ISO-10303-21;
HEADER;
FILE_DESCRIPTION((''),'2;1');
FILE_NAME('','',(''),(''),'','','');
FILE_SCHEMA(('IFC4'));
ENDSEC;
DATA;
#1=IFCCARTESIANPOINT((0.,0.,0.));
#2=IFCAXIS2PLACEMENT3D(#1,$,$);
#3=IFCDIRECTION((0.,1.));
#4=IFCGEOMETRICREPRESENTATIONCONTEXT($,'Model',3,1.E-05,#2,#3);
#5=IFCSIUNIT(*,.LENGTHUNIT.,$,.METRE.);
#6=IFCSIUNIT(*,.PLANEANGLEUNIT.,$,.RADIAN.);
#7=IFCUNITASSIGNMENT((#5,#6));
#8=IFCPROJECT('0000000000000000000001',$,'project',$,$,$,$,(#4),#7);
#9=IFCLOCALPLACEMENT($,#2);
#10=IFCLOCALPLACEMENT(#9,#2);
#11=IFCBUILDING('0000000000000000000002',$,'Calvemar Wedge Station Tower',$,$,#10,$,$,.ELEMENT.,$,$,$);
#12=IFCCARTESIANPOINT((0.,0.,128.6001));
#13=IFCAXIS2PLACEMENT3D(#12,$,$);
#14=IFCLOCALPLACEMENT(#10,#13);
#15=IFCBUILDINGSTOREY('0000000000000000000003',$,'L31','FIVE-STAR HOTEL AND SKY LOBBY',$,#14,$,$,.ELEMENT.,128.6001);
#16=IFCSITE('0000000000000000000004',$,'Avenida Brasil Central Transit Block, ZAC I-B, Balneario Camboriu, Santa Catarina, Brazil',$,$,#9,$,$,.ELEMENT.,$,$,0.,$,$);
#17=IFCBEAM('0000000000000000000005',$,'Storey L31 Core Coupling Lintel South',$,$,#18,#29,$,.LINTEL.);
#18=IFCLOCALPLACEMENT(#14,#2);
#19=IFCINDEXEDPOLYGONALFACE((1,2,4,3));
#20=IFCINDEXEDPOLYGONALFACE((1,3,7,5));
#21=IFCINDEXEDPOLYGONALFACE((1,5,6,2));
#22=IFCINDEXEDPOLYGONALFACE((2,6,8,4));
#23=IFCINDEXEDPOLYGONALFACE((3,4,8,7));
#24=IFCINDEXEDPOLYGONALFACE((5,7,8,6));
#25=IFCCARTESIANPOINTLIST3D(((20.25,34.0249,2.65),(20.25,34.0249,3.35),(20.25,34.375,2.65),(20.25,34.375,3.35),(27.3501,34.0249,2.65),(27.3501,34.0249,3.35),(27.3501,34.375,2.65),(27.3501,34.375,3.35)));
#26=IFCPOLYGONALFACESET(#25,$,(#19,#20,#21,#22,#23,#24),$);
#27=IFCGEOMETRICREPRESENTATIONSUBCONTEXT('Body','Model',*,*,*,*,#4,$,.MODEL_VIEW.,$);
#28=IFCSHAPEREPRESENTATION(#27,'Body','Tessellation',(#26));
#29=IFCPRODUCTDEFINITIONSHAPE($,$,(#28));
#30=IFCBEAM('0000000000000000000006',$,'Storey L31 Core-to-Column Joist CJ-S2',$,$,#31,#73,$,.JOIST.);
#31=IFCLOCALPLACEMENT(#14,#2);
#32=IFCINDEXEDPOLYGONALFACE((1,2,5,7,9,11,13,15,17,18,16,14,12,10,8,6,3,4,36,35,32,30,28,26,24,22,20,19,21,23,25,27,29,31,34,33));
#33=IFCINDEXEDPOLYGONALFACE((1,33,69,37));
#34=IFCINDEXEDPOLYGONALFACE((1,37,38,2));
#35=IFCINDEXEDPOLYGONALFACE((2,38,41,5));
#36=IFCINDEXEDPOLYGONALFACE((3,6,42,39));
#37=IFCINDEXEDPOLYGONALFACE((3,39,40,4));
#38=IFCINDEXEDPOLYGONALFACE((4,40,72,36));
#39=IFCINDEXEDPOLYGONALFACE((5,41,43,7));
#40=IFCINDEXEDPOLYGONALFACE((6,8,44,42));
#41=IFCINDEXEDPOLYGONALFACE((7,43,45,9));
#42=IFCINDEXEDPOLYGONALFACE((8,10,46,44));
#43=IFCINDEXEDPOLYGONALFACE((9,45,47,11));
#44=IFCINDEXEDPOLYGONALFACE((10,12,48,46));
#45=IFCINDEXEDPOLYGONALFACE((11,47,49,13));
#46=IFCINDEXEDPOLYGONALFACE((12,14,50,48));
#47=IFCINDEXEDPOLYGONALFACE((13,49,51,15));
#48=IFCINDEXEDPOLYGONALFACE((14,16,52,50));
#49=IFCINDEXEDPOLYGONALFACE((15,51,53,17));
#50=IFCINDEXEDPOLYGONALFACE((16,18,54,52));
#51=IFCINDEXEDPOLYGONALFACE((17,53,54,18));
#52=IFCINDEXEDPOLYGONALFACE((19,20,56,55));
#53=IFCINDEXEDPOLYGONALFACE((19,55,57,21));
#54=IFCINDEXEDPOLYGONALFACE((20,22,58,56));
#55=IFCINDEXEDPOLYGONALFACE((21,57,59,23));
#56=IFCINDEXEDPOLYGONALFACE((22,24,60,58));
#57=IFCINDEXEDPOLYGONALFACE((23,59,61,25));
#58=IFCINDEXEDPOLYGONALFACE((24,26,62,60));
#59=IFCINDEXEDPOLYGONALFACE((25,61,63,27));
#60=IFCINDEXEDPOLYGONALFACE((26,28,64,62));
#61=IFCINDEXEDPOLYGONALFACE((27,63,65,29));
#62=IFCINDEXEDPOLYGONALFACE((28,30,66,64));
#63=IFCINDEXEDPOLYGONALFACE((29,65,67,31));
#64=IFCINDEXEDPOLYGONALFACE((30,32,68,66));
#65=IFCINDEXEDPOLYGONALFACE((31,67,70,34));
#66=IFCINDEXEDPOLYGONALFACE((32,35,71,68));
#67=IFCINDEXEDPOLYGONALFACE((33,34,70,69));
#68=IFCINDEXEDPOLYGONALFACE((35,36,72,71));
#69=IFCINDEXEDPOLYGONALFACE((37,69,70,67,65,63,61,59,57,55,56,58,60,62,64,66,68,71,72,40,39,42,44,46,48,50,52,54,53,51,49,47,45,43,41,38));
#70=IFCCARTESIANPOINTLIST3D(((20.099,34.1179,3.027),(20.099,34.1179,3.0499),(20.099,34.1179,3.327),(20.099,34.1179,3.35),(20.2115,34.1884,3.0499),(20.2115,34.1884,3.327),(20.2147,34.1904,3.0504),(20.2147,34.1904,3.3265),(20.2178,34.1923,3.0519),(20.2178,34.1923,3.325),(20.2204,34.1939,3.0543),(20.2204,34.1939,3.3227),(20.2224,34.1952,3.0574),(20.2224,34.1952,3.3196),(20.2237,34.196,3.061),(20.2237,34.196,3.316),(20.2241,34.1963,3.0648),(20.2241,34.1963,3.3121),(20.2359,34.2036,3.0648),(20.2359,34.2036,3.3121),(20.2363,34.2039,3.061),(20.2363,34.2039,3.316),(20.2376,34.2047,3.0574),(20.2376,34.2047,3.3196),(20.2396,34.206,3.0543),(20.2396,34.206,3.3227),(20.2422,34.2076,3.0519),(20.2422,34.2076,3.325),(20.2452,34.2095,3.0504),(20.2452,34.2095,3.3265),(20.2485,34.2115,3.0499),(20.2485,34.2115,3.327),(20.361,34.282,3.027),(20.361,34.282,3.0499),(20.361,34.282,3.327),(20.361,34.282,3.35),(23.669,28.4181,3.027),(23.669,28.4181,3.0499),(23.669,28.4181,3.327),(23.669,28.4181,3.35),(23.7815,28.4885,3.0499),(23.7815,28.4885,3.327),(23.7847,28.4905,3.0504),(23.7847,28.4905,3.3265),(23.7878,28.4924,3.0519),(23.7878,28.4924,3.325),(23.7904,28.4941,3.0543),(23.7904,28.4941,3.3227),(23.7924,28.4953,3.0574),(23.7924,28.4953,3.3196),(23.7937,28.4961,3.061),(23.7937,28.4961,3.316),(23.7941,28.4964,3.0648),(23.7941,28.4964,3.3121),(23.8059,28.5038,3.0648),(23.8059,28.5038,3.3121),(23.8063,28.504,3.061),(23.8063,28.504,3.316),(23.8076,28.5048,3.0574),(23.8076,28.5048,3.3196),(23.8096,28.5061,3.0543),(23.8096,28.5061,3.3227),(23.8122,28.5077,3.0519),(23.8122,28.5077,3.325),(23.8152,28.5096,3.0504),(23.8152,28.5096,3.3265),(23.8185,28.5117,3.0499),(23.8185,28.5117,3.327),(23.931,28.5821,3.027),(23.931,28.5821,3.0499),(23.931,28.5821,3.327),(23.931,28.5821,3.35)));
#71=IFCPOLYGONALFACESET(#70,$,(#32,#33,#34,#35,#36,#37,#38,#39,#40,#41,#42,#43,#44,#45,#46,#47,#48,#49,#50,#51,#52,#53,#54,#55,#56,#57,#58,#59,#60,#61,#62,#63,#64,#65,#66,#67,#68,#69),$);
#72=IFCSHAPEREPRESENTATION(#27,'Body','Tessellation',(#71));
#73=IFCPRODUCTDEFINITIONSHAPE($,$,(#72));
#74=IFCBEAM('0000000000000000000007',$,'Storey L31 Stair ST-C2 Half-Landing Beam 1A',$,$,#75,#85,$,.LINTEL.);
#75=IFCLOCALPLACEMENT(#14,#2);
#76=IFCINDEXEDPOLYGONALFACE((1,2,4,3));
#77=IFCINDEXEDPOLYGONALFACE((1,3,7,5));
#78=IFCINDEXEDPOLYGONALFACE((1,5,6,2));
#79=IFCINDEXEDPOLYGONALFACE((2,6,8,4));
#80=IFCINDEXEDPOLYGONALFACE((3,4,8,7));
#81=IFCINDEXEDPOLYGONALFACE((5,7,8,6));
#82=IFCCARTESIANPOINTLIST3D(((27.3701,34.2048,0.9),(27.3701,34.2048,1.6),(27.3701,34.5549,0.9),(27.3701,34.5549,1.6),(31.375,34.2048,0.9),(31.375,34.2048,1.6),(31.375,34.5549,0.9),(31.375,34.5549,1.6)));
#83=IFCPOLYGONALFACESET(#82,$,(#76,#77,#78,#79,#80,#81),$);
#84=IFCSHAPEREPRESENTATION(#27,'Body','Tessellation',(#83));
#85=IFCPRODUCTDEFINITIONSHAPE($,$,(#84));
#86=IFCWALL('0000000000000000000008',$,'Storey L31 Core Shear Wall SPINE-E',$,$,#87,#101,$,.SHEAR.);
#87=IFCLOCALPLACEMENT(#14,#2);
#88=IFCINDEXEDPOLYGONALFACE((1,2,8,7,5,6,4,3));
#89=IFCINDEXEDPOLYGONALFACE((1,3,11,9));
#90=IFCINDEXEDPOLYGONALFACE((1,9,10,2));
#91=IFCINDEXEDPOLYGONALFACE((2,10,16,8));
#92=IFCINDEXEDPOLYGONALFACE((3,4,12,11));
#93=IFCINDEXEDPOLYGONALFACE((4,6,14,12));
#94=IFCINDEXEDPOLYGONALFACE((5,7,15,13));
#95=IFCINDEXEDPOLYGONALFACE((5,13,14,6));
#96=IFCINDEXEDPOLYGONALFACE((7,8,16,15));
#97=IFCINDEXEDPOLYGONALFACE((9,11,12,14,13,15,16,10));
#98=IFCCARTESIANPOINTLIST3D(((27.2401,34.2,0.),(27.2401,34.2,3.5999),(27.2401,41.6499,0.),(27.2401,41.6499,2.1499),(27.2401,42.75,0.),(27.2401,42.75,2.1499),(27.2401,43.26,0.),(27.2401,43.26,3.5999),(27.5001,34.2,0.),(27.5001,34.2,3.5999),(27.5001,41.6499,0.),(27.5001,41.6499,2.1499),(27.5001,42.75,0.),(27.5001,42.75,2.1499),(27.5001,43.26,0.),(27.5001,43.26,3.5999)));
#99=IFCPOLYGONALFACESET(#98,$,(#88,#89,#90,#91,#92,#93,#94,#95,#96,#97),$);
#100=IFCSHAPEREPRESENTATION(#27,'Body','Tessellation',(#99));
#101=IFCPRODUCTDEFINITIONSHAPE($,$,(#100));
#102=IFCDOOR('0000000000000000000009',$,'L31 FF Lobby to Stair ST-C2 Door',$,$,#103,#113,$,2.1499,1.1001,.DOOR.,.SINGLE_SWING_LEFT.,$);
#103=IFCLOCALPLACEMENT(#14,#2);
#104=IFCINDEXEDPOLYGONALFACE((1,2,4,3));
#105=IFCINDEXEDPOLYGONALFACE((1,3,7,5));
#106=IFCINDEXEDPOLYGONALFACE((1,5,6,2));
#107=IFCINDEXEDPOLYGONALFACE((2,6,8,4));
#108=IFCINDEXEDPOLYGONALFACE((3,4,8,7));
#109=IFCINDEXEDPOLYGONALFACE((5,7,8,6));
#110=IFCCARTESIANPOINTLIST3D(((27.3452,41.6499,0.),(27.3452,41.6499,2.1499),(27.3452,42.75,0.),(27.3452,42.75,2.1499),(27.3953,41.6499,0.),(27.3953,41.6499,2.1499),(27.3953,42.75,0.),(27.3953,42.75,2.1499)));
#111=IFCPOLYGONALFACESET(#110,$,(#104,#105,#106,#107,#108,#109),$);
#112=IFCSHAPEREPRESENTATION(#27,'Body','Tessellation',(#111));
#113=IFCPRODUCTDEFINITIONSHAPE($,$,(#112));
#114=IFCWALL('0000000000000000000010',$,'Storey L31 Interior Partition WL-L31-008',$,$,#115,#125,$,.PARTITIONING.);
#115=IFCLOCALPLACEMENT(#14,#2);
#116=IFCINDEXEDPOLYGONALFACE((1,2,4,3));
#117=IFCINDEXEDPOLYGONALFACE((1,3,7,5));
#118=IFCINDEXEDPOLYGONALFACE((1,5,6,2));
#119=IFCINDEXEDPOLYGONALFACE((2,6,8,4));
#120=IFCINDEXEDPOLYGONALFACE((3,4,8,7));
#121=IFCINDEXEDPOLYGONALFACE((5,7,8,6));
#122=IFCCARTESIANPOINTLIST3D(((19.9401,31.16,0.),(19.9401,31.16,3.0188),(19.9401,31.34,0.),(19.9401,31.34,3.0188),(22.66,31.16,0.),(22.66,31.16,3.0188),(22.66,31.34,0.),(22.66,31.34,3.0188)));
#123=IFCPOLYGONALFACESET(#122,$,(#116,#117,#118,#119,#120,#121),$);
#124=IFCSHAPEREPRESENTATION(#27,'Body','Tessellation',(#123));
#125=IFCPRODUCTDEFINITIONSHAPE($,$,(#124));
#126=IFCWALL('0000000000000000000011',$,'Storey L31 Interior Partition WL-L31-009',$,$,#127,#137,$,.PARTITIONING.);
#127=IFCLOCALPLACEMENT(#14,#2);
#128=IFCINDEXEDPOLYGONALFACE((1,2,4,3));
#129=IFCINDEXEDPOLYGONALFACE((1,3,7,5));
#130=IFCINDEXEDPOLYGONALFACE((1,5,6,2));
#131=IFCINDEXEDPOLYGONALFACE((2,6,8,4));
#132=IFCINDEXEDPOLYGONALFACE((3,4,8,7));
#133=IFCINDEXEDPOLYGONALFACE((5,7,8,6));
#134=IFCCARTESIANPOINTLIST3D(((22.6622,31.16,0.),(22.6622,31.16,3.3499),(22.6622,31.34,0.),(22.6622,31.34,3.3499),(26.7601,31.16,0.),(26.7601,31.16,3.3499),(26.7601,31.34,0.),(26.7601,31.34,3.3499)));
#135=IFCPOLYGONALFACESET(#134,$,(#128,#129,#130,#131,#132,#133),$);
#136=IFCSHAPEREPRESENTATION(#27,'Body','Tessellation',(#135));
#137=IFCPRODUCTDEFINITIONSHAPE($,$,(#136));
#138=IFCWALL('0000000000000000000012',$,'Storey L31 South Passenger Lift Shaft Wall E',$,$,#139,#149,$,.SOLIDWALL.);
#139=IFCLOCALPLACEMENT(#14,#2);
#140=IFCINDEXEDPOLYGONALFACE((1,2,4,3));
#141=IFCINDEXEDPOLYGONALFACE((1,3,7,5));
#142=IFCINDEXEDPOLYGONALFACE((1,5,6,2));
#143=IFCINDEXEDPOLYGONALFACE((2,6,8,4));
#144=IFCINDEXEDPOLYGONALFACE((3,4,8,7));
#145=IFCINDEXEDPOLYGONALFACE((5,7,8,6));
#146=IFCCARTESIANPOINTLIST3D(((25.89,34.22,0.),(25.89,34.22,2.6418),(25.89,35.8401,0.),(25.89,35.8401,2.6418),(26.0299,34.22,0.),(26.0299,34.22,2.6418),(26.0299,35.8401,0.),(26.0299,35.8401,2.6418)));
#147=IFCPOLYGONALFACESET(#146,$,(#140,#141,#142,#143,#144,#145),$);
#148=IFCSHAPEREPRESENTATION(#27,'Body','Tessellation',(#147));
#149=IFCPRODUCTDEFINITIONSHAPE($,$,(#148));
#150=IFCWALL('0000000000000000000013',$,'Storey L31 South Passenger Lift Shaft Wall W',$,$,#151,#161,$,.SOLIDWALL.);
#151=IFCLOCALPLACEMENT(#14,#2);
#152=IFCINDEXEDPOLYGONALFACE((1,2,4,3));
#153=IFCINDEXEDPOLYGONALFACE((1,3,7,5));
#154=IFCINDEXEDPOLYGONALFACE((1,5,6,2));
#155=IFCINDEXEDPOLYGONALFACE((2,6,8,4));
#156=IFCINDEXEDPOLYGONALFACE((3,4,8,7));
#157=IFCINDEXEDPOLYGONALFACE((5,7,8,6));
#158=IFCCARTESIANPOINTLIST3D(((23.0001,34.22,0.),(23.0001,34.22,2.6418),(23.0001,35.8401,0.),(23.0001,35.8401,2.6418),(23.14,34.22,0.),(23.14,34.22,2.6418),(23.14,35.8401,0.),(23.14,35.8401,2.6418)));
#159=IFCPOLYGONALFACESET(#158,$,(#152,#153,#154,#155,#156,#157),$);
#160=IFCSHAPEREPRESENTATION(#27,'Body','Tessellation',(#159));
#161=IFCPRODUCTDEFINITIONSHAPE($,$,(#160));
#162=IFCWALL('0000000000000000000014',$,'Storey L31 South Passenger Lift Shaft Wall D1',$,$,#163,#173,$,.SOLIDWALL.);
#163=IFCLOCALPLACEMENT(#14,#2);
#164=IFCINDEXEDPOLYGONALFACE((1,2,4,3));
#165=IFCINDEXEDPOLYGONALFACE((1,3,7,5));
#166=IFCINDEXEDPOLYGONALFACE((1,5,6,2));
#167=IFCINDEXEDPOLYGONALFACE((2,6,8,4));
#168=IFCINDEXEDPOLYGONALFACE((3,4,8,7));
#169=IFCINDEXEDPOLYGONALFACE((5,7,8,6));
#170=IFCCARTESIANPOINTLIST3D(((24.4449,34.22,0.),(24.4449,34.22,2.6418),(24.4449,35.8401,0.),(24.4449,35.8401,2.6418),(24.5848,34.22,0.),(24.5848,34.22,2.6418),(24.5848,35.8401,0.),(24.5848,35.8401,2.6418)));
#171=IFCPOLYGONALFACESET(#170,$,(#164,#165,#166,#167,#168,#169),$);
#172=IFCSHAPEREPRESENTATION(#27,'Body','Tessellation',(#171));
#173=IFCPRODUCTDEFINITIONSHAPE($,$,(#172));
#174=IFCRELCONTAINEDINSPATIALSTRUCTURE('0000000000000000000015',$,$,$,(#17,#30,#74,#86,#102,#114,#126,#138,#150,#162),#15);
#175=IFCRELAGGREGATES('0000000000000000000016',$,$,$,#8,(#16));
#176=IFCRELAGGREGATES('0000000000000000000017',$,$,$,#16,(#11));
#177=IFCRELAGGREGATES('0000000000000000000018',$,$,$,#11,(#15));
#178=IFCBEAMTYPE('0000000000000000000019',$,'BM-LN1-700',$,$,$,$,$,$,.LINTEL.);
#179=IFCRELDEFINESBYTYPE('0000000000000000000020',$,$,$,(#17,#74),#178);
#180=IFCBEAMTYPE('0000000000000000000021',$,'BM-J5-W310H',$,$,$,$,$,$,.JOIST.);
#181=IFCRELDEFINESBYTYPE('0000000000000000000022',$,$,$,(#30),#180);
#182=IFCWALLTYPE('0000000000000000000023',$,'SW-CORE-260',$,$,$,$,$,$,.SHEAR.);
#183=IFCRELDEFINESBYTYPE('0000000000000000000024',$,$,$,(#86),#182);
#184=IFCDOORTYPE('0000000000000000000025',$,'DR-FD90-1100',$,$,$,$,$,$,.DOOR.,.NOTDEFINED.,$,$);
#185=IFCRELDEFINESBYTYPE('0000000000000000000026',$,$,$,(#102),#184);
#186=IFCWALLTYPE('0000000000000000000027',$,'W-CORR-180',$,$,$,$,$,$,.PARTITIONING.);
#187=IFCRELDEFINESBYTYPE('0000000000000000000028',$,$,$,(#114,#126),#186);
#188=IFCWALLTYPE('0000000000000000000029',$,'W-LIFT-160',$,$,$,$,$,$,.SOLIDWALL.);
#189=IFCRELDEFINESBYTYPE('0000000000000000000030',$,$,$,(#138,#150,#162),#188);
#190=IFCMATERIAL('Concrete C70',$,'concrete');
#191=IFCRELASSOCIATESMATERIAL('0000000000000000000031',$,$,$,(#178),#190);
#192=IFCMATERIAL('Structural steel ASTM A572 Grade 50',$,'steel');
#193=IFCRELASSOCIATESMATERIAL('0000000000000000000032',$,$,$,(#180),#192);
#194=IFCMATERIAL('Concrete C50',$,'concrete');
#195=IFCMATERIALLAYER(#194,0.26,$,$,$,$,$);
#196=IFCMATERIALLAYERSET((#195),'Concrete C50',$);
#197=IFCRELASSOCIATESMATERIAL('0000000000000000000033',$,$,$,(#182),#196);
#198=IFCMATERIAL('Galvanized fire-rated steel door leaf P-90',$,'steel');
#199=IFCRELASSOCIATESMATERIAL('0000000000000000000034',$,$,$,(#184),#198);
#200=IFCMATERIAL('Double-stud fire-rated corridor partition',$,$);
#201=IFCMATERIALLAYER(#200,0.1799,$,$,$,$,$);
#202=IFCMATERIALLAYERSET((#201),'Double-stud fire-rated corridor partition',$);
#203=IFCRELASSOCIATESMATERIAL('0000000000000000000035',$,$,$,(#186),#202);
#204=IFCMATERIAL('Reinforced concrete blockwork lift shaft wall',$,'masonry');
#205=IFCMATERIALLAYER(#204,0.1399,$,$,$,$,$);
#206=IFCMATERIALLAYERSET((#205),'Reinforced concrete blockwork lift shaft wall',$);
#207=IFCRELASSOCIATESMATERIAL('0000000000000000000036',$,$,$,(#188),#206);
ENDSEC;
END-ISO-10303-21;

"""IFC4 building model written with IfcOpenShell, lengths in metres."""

from ifc_helpers import new_model, si_unit, direction, frame, frame_2d, origin, origin_2d, place, context, subcontext, project, spatial, rectangle, i_section, extrude, source, transform, mapped, material, layer, layer_set, material_profile, profile_set, type_object, element, fill, save


model = new_model("IFC4")

# Units and contexts
model_context = context("Model", 3, precision=1e-05, world=origin(), true_north=direction((0.0, 1.0)))
body_context = subcontext(model_context, "Body", "Model", "MODEL_VIEW")
ifc_project = project(units=[si_unit("LENGTHUNIT", "METRE"), si_unit("PLANEANGLEUNIT", "RADIAN")], contexts=[model_context])

# Site, building, storey
site_placement = place(None, origin())
site = spatial("IfcSite", under=ifc_project, at=site_placement, Name="Avenida Brasil Central Transit Block, ZAC I-B, Balneario Camboriu, Santa Catarina, Brazil", CompositionType="ELEMENT", RefElevation=0.0)
building_placement = place(site_placement, origin())
building = spatial("IfcBuilding", under=site, at=building_placement, Name="Calvemar Wedge Station Tower", CompositionType="ELEMENT")
storey_placement = place(building_placement, frame((0.0, 0.0, 128.6001)))
storey = spatial("IfcBuildingStorey", under=building, at=storey_placement, Name="L31", Description="FIVE-STAR HOTEL AND SKY LOBBY", CompositionType="ELEMENT", Elevation=128.6001)

# Beams
ifc_material_1 = material(Name="Concrete C70", Category="concrete")
ifc_material_profile_1 = material_profile(ifc_material_1, rectangle(XDim=0.3501, YDim=0.7, at=origin_2d()), Name="RC350x700")
ifc_profile_set_1 = profile_set([ifc_material_profile_1], Name="Concrete C70")
beam_type_1 = type_object("IfcBeamType", Name="BM-LN1-700", PredefinedType="LINTEL", material=ifc_profile_set_1)
shared_shape_1 = source(origin(), body_context, "Body", "SweptSolid", [
    extrude(rectangle(XDim=0.3501, YDim=0.7, at=origin_2d()), origin(), (0.0, 0.0, 1.0), 7.1001),
])
beam_1_placement = place(storey_placement, frame((20.25, 34.2, 3.0), z_axis=(1.0, 0.0, 0.0), x_axis=(0.0, 1.0, 0.0)))
element("IfcBeam", 1, at=beam_1_placement, inside=storey, type_object=beam_type_1, Name="Storey L31 Core Coupling Lintel South", PredefinedType="LINTEL", context=body_context, shape_type="MappedRepresentation", body=[
    mapped(shared_shape_1, transform((0.0, 0.0, 0.0), scale=1.0)),
])
ifc_material_2 = material(Name="Structural steel ASTM A572 Grade 50", Category="steel")
ifc_material_profile_2 = material_profile(ifc_material_2, i_section(OverallWidth=0.3091, OverallDepth=0.323, WebThickness=0.0139, FlangeThickness=0.0229, FilletRadius=0.0149, at=origin_2d()), Name="W310x143")
ifc_profile_set_2 = profile_set([ifc_material_profile_2], Name="Structural steel ASTM A572 Grade 50")
beam_type_2 = type_object("IfcBeamType", Name="BM-J5-W310H", PredefinedType="JOIST", material=ifc_profile_set_2)
shared_shape_2 = source(origin(), body_context, "Body", "SweptSolid", [
    extrude(i_section(OverallWidth=0.3091, OverallDepth=0.323, WebThickness=0.0139, FlangeThickness=0.0229, FilletRadius=0.0149, at=origin_2d()), origin(), (0.0, 0.0, 1.0), 6.7256),
])
beam_2_placement = place(storey_placement, frame((20.23, 34.2, 3.1885), z_axis=(0.530811, -0.84749, 0.0), x_axis=(0.84749, 0.530811, 0.0)))
element("IfcBeam", 2, at=beam_2_placement, inside=storey, type_object=beam_type_2, Name="Storey L31 Core-to-Column Joist CJ-S2", PredefinedType="JOIST", context=body_context, shape_type="MappedRepresentation", body=[
    mapped(shared_shape_2, transform((0.0, 0.0, 0.0), scale=1.0)),
])
shared_shape_3 = source(origin(), body_context, "Body", "SweptSolid", [
    extrude(rectangle(XDim=0.3501, YDim=0.7, at=origin_2d()), origin(), (0.0, 0.0, 1.0), 4.0049),
])
beam_3_placement = place(storey_placement, frame((27.3701, 34.3799, 1.25), z_axis=(1.0, 0.0, 0.0), x_axis=(0.0, 1.0, 0.0)))
element("IfcBeam", 3, at=beam_3_placement, inside=storey, type_object=beam_type_1, Name="Storey L31 Stair ST-C2 Half-Landing Beam 1A", PredefinedType="LINTEL", context=body_context, shape_type="MappedRepresentation", body=[
    mapped(shared_shape_3, transform((0.0, 0.0, 0.0), scale=1.0)),
])

# Wall, opening, door
ifc_material_3 = material(Name="Concrete C50", Category="concrete")
ifc_layer_1 = layer(ifc_material_3, 0.26)
ifc_layer_set_1 = layer_set([ifc_layer_1], Name="Concrete C50")
wall_type_1 = type_object("IfcWallType", Name="SW-CORE-260", PredefinedType="SHEAR", material=ifc_layer_set_1)
wall_1_placement = place(storey_placement, frame((27.3701, 34.2, 0.0), z_axis=(0.0, 0.0, 1.0), x_axis=(0.0, 1.0, 0.0)))
wall_1 = element("IfcWall", 4, at=wall_1_placement, inside=storey, type_object=wall_type_1, Name="Storey L31 Core Shear Wall SPINE-E", PredefinedType="SHEAR", context=body_context, shape_type="SweptSolid", body=[
    extrude(rectangle(XDim=9.0601, YDim=0.26, at=frame_2d((4.53, 0.0))), origin(), (0.0, 0.0, 1.0), 3.5999),
])
shared_shape_4 = source(origin(), body_context, "Body", "SweptSolid", [
    extrude(rectangle(XDim=1.1001, YDim=2.1499, at=frame_2d((0.55, 1.075))), frame((0.0, 0.1401, 0.0), z_axis=(0.0, -1.0, 0.0), x_axis=(1.0, 0.0, 0.0)), (0.0, 0.0, 1.0), 0.28),
])
opening_1_placement = place(wall_1_placement, frame((7.45, 0.0, 0.0)))
opening_1 = element("IfcOpeningElement", 5, at=opening_1_placement, cuts=wall_1, PredefinedType="OPENING", context=body_context, shape_type="MappedRepresentation", body=[
    mapped(shared_shape_4, transform((0.0, 0.0, 0.0), scale=1.0)),
])
ifc_material_4 = material(Name="Galvanized fire-rated steel door leaf P-90", Category="steel")
door_type_1 = type_object("IfcDoorType", Name="DR-FD90-1100", OperationType="NOTDEFINED", PredefinedType="DOOR", material=ifc_material_4)
shared_shape_5 = source(origin(), body_context, "Body", "SweptSolid", [
    extrude(rectangle(XDim=1.1001, YDim=2.1499, at=frame_2d((0.55, 1.075))), frame((0.0, 0.0249, 0.0), z_axis=(0.0, -1.0, 0.0), x_axis=(1.0, 0.0, 0.0)), (0.0, 0.0, 1.0), 0.05),
])
door_1_placement = place(opening_1_placement, origin())
door_1 = element("IfcDoor", 6, at=door_1_placement, inside=storey, type_object=door_type_1, Name="L31 FF Lobby to Stair ST-C2 Door", OperationType="SINGLE_SWING_LEFT", OverallHeight=2.1499, OverallWidth=1.1001, PredefinedType="DOOR", context=body_context, shape_type="MappedRepresentation", body=[
    mapped(shared_shape_5, transform((0.0, 0.0, 0.0), scale=1.0)),
])
fill(opening_1, door_1)
ifc_material_5 = material(Name="Double-stud fire-rated corridor partition")
ifc_layer_2 = layer(ifc_material_5, 0.1799)
ifc_layer_set_2 = layer_set([ifc_layer_2], Name="Double-stud fire-rated corridor partition")
wall_type_2 = type_object("IfcWallType", Name="W-CORR-180", PredefinedType="PARTITIONING", material=ifc_layer_set_2)

# Walls
wall_2_placement = place(storey_placement, frame((22.6599, 31.25, 0.0), z_axis=(0.0, 0.0, 1.0), x_axis=(-1.0, 0.0, 0.0)))
element("IfcWall", 7, at=wall_2_placement, inside=storey, type_object=wall_type_2, Name="Storey L31 Interior Partition WL-L31-008", PredefinedType="PARTITIONING", context=body_context, shape_type="SweptSolid", body=[
    extrude(rectangle(XDim=2.72, YDim=0.1799, at=frame_2d((1.3599, 0.0))), origin(), (0.0, 0.0, 1.0), 3.0188),
])
wall_3_placement = place(storey_placement, frame((26.76, 31.25, 0.0), z_axis=(0.0, 0.0, 1.0), x_axis=(-1.0, 0.0, 0.0)))
element("IfcWall", 8, at=wall_3_placement, inside=storey, type_object=wall_type_2, Name="Storey L31 Interior Partition WL-L31-009", PredefinedType="PARTITIONING", context=body_context, shape_type="SweptSolid", body=[
    extrude(rectangle(XDim=4.0979, YDim=0.1799, at=frame_2d((2.0488, 0.0))), origin(), (0.0, 0.0, 1.0), 3.3499),
])

# Shared definitions
ifc_material_6 = material(Name="Reinforced concrete blockwork lift shaft wall", Category="masonry")
ifc_layer_3 = layer(ifc_material_6, 0.1399)
ifc_layer_set_3 = layer_set([ifc_layer_3], Name="Reinforced concrete blockwork lift shaft wall")
wall_type_3 = type_object("IfcWallType", Name="W-LIFT-160", PredefinedType="SOLIDWALL", material=ifc_layer_set_3)

# Walls
for number, where, z_axis, x_axis, name in (
    (9, (25.96, 34.22, 0.0), (0.0, 0.0, 1.0), (0.0, 1.0, 0.0), "Storey L31 South Passenger Lift Shaft Wall E"),
    (10, (23.0701, 34.22, 0.0), (0.0, 0.0, 1.0), (0.0, 1.0, 0.0), "Storey L31 South Passenger Lift Shaft Wall W"),
    (11, (24.5149, 34.22, 0.0), (0.0, 0.0, 1.0), (0.0, 1.0, 0.0), "Storey L31 South Passenger Lift Shaft Wall D1"),
):
    element("IfcWall", number, at=place(storey_placement, frame(where, z_axis=z_axis, x_axis=x_axis)), inside=storey, type_object=wall_type_3, Name=name, PredefinedType="SOLIDWALL", context=body_context, shape_type="SweptSolid", body=[
        extrude(rectangle(XDim=1.6201, YDim=0.1399, at=frame_2d((0.8101, 0.0))), origin(), (0.0, 0.0, 1.0), 2.6418),
    ])

save(model, "model.ifc")
